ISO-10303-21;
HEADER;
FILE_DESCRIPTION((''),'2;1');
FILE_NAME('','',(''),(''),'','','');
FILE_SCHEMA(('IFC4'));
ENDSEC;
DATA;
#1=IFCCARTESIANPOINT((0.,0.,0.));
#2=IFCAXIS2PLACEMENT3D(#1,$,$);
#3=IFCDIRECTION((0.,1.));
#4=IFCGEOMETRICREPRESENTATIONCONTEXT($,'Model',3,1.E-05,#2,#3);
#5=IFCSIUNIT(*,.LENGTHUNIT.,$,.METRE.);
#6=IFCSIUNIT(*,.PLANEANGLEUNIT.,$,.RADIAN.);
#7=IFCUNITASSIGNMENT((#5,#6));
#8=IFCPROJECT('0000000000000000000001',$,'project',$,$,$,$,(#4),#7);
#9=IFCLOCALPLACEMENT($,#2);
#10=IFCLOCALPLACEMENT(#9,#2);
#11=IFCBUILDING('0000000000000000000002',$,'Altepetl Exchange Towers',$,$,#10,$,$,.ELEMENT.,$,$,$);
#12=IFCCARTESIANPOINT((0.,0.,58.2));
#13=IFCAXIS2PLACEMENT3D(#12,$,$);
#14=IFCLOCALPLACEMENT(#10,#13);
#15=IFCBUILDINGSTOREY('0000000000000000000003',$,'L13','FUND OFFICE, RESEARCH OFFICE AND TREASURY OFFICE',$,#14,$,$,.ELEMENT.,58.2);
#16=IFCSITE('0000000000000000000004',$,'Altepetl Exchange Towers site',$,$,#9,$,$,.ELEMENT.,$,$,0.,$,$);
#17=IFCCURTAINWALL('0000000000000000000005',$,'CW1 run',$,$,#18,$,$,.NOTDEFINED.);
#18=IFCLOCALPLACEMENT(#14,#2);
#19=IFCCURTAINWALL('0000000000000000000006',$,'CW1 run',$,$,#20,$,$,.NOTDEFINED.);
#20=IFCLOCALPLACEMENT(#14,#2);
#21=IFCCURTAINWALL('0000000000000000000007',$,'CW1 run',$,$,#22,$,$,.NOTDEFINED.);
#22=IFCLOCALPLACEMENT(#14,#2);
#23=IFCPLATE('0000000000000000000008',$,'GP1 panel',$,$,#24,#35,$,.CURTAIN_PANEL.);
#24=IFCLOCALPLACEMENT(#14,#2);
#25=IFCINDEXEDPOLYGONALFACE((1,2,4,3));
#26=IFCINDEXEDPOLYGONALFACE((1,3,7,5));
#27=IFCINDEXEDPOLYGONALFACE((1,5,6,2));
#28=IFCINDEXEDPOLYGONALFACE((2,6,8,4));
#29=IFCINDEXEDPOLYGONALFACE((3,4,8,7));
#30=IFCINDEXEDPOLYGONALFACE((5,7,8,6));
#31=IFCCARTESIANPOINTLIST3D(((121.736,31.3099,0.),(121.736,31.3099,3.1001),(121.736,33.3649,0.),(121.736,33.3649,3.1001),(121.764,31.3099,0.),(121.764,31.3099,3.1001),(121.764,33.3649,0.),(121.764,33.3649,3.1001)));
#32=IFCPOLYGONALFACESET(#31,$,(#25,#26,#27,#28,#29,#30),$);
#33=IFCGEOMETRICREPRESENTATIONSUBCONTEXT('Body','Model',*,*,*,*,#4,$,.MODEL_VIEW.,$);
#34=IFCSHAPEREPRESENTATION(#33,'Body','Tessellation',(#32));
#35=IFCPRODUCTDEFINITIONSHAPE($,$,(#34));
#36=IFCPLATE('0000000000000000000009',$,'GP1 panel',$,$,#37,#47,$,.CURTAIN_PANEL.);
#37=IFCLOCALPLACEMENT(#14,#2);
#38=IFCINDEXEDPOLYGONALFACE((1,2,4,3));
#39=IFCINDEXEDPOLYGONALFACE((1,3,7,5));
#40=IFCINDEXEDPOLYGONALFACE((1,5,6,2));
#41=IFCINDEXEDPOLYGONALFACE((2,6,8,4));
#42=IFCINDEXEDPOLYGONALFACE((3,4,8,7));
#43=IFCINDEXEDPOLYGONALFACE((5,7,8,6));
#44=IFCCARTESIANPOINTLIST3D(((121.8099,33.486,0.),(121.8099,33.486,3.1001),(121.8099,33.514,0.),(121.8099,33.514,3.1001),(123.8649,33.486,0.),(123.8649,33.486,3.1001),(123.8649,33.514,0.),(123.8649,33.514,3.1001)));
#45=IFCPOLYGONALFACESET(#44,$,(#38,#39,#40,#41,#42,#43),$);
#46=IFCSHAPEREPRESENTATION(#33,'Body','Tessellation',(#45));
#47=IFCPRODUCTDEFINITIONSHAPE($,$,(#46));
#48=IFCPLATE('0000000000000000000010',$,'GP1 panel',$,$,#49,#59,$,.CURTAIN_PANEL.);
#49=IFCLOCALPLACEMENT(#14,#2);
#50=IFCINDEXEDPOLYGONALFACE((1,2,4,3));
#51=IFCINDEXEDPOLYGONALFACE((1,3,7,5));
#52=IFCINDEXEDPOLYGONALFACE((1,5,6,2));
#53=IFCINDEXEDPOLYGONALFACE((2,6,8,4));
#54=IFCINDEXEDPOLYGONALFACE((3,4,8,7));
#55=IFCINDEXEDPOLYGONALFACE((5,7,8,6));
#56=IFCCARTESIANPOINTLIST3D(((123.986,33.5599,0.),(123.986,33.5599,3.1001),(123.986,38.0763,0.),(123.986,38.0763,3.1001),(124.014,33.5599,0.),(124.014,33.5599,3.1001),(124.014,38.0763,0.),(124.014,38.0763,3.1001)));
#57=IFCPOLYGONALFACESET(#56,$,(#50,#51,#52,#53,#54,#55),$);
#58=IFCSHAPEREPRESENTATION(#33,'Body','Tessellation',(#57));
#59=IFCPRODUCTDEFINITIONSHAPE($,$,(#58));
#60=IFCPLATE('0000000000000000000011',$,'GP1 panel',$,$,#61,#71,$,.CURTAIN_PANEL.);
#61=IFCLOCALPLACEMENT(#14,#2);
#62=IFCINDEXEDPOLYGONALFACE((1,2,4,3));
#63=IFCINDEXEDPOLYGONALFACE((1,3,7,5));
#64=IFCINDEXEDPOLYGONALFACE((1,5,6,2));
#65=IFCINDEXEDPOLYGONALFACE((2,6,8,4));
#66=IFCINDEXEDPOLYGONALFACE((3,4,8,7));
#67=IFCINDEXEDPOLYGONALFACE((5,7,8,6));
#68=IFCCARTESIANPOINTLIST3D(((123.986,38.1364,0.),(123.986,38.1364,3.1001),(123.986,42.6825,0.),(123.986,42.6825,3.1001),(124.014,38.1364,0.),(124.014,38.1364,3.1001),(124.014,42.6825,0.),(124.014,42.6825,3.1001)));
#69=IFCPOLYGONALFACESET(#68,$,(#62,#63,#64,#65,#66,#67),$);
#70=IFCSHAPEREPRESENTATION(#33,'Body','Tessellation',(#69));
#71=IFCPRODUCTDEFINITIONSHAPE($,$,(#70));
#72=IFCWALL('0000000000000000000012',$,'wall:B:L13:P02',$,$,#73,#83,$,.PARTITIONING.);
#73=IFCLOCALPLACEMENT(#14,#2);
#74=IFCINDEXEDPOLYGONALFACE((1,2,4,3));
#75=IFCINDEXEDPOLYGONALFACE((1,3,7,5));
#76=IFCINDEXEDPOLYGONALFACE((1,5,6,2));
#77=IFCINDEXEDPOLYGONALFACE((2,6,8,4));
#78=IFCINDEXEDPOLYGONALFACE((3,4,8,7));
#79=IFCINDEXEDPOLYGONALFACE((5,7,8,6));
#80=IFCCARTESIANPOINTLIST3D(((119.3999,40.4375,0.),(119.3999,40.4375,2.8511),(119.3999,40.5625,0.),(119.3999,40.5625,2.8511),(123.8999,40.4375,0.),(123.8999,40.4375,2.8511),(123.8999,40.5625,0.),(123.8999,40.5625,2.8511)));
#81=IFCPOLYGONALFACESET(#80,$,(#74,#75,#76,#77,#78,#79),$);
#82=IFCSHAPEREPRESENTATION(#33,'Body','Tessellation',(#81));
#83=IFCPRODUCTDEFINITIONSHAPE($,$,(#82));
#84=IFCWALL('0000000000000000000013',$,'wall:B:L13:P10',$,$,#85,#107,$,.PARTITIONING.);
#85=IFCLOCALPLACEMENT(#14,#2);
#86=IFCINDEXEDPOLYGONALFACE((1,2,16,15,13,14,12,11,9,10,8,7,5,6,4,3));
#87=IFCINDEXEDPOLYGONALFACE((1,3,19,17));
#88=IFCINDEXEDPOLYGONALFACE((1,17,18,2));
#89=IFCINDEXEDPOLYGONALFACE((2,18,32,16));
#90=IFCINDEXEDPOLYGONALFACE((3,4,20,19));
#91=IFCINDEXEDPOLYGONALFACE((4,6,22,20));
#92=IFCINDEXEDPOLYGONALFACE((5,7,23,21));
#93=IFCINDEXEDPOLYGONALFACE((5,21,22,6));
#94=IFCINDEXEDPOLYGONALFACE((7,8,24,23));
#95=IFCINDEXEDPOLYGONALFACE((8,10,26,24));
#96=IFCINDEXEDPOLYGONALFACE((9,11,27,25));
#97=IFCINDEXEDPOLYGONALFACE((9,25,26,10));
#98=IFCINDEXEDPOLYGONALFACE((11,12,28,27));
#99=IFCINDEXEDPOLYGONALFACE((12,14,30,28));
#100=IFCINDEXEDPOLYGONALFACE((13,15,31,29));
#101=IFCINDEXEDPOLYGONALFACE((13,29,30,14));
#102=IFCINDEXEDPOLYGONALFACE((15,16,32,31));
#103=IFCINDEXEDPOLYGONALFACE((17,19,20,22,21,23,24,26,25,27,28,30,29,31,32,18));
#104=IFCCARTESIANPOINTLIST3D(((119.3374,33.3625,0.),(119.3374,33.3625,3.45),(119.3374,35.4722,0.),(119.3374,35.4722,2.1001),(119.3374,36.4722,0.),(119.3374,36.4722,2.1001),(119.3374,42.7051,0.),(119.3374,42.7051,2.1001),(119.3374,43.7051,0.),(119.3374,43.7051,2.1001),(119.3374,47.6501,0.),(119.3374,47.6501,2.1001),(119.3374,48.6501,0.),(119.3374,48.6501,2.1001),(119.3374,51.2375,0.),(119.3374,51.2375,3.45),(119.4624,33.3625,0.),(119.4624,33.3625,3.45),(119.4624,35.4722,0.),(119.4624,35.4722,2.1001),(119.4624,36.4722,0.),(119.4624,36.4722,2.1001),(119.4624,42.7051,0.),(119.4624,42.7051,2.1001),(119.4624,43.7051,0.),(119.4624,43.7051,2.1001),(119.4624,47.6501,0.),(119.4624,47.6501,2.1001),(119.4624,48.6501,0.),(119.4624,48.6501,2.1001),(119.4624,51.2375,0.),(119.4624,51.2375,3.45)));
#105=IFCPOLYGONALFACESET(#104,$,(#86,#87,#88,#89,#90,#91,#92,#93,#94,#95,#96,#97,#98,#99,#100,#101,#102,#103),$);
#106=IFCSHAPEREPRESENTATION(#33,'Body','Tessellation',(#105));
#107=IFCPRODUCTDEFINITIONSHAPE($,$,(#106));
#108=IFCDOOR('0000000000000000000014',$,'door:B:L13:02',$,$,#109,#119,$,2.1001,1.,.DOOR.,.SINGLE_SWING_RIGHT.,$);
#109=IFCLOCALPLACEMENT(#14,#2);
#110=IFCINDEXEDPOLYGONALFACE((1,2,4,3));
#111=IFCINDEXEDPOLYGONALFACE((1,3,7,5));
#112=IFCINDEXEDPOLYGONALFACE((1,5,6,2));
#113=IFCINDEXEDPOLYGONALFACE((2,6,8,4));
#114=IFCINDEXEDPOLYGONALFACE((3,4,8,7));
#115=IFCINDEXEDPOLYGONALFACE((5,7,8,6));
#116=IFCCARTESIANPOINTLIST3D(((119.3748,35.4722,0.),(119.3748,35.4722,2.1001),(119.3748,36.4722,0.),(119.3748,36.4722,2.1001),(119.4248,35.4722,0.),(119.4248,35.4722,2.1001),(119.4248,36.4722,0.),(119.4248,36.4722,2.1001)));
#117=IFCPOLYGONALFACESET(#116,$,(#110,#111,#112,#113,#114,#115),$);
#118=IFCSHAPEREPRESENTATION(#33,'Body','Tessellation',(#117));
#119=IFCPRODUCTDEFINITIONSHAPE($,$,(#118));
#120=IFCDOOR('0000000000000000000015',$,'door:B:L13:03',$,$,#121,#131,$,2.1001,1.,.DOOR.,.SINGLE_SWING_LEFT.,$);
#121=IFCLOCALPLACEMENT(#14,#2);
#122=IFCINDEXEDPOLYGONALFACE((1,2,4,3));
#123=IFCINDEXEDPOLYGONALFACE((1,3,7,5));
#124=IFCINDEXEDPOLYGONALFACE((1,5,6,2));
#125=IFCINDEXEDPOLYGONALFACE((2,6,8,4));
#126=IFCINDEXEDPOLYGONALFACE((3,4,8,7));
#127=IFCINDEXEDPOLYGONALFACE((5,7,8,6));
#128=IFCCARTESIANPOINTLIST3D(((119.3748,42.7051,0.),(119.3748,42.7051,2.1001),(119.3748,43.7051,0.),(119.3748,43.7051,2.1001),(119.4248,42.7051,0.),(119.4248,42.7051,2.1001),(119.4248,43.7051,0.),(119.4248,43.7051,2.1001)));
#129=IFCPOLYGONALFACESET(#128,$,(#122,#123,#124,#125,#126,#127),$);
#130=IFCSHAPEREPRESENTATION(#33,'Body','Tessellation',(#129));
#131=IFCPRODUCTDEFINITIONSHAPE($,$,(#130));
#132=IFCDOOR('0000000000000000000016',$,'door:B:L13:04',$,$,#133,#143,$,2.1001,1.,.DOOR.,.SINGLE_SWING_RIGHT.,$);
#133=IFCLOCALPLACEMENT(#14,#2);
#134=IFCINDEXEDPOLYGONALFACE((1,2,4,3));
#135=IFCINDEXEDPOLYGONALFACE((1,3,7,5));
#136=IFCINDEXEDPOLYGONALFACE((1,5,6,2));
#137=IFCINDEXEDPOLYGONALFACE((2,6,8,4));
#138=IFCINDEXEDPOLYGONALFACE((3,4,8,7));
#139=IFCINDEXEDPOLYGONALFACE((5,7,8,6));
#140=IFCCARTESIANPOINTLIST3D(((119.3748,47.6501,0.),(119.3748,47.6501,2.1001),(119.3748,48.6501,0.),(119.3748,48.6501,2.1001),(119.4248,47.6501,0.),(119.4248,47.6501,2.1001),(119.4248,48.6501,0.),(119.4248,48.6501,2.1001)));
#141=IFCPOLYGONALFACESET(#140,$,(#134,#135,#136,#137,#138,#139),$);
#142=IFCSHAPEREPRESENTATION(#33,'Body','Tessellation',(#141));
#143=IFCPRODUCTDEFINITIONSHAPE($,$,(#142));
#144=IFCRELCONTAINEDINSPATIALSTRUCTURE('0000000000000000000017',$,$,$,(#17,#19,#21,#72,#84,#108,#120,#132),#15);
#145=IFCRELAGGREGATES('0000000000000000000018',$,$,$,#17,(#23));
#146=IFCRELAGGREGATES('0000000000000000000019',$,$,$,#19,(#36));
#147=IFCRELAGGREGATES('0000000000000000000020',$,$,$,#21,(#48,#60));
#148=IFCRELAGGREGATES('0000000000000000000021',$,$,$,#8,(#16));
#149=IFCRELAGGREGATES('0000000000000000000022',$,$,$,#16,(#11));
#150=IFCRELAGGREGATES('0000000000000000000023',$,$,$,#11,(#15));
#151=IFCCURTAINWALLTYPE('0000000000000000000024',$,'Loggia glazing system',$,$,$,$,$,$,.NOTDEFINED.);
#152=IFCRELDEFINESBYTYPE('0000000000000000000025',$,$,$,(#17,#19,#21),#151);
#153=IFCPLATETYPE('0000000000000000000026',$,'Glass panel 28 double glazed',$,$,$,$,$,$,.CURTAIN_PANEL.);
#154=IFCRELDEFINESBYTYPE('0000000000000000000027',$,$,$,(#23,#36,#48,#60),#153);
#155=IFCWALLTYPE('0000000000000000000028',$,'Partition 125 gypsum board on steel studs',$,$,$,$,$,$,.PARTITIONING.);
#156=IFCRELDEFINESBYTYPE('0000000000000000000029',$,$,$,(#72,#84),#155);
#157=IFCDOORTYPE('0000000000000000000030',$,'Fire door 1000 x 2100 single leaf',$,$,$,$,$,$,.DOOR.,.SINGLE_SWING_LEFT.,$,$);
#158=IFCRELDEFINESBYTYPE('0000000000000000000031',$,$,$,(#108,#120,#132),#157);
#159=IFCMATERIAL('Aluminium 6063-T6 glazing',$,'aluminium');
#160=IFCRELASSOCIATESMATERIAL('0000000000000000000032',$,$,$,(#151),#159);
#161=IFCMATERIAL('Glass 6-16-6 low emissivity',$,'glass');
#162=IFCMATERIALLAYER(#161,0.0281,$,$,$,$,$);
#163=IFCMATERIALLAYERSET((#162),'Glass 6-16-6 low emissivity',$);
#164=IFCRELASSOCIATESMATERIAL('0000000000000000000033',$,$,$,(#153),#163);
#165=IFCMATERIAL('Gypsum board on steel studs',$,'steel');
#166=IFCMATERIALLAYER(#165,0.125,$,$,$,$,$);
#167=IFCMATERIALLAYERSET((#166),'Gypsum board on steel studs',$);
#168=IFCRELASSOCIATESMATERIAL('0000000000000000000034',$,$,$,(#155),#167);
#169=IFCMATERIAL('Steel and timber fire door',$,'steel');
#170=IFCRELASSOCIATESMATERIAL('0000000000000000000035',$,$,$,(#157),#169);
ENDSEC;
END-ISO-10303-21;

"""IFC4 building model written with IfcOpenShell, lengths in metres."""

from ifc_helpers import new_model, si_unit, direction, frame, frame_2d, origin, origin_2d, place, context, subcontext, project, spatial, rectangle, extrude, material, layer, layer_set, type_object, element, fill, aggregate, save


model = new_model("IFC4")

# Units and contexts
model_context = context("Model", 3, precision=1e-05, world=origin(), true_north=direction((0.0, 1.0)))
body_context = subcontext(model_context, "Body", "Model", "MODEL_VIEW")
ifc_project = project(units=[si_unit("LENGTHUNIT", "METRE"), si_unit("PLANEANGLEUNIT", "RADIAN")], contexts=[model_context])

# Site, building, storey
site_placement = place(None, origin())
site = spatial("IfcSite", under=ifc_project, at=site_placement, Name="Altepetl Exchange Towers site", CompositionType="ELEMENT", RefElevation=0.0)
building_placement = place(site_placement, origin())
building = spatial("IfcBuilding", under=site, at=building_placement, Name="Altepetl Exchange Towers", CompositionType="ELEMENT")
storey_placement = place(building_placement, frame((0.0, 0.0, 58.2)))
storey = spatial("IfcBuildingStorey", under=building, at=storey_placement, Name="L13", Description="FUND OFFICE, RESEARCH OFFICE AND TREASURY OFFICE", CompositionType="ELEMENT", Elevation=58.2)

# Curtain wall
ifc_material_1 = material(Name="Aluminium 6063-T6 glazing", Category="aluminium")
curtain_wall_type = type_object("IfcCurtainWallType", Name="Loggia glazing system", PredefinedType="NOTDEFINED", material=ifc_material_1)
curtain_wall_1_placement = place(storey_placement, origin())
curtain_wall_1 = element("IfcCurtainWall", 1, at=curtain_wall_1_placement, inside=storey, type_object=curtain_wall_type, Name="CW1 run", PredefinedType="NOTDEFINED")

# Curtain walls
curtain_wall_2_placement = place(storey_placement, origin())
curtain_wall_2 = element("IfcCurtainWall", 2, at=curtain_wall_2_placement, inside=storey, type_object=curtain_wall_type, Name="CW1 run", PredefinedType="NOTDEFINED")
curtain_wall_3_placement = place(storey_placement, origin())
curtain_wall_3 = element("IfcCurtainWall", 3, at=curtain_wall_3_placement, inside=storey, type_object=curtain_wall_type, Name="CW1 run", PredefinedType="NOTDEFINED")

# Plates
ifc_material_2 = material(Name="Glass 6-16-6 low emissivity", Category="glass")
ifc_layer_1 = layer(ifc_material_2, 0.0281)
ifc_layer_set_1 = layer_set([ifc_layer_1], Name="Glass 6-16-6 low emissivity")
plate_type = type_object("IfcPlateType", Name="Glass panel 28 double glazed", PredefinedType="CURTAIN_PANEL", material=ifc_layer_set_1)
plate_1_placement = place(storey_placement, frame((121.75, 32.3374, 0.0), z_axis=(0.0, 0.0, 1.0), x_axis=(0.0, 1.0, 0.0)))
plate_1 = element("IfcPlate", 4, at=plate_1_placement, type_object=plate_type, Name="GP1 panel", PredefinedType="CURTAIN_PANEL", context=body_context, shape_type="SweptSolid", body=[
    extrude(rectangle(XDim=2.0549, YDim=0.0281, at=origin_2d()), origin(), (0.0, 0.0, 1.0), 3.1001),
])
aggregate(curtain_wall_1, [plate_1])
plate_2_placement = place(storey_placement, frame((122.8374, 33.5, 0.0)))
plate_2 = element("IfcPlate", 5, at=plate_2_placement, type_object=plate_type, Name="GP1 panel", PredefinedType="CURTAIN_PANEL", context=body_context, shape_type="SweptSolid", body=[
    extrude(rectangle(XDim=2.0549, YDim=0.0281, at=origin_2d()), origin(), (0.0, 0.0, 1.0), 3.1001),
])
aggregate(curtain_wall_2, [plate_2])
plate_3_placement = place(storey_placement, frame((124.0, 35.8181, 0.0), z_axis=(0.0, 0.0, 1.0), x_axis=(0.0, 1.0, 0.0)))
plate_3 = element("IfcPlate", 6, at=plate_3_placement, type_object=plate_type, Name="GP1 panel", PredefinedType="CURTAIN_PANEL", context=body_context, shape_type="SweptSolid", body=[
    extrude(rectangle(XDim=4.5164, YDim=0.0281, at=origin_2d()), origin(), (0.0, 0.0, 1.0), 3.1001),
])
plate_4_placement = place(storey_placement, frame((124.0, 40.4094, 0.0), z_axis=(0.0, 0.0, 1.0), x_axis=(0.0, 1.0, 0.0)))
plate_4 = element("IfcPlate", 7, at=plate_4_placement, type_object=plate_type, Name="GP1 panel", PredefinedType="CURTAIN_PANEL", context=body_context, shape_type="SweptSolid", body=[
    extrude(rectangle(XDim=4.5461, YDim=0.0281, at=origin_2d()), origin(), (0.0, 0.0, 1.0), 3.1001),
])
aggregate(curtain_wall_3, [plate_3, plate_4])

# Wall
ifc_material_3 = material(Name="Gypsum board on steel studs", Category="steel")
ifc_layer_2 = layer(ifc_material_3, 0.125)
ifc_layer_set_2 = layer_set([ifc_layer_2], Name="Gypsum board on steel studs")
wall_type = type_object("IfcWallType", Name="Partition 125 gypsum board on steel studs", PredefinedType="PARTITIONING", material=ifc_layer_set_2)
wall_1_placement = place(storey_placement, frame((119.3999, 40.5, 0.0)))
element("IfcWall", 8, at=wall_1_placement, inside=storey, type_object=wall_type, Name="wall:B:L13:P02", PredefinedType="PARTITIONING", context=body_context, shape_type="SweptSolid", body=[
    extrude(rectangle(XDim=4.5, YDim=0.125, at=frame_2d((2.25, 0.0))), origin(), (0.0, 0.0, 1.0), 2.8511),
])

# Wall, openings, doors
wall_2_placement = place(storey_placement, frame((119.3999, 33.3625, 0.0), z_axis=(0.0, 0.0, 1.0), x_axis=(0.0, 1.0, 0.0)))
wall_2 = element("IfcWall", 9, at=wall_2_placement, inside=storey, type_object=wall_type, Name="wall:B:L13:P10", PredefinedType="PARTITIONING", context=body_context, shape_type="SweptSolid", body=[
    extrude(rectangle(XDim=17.875, YDim=0.125, at=frame_2d((8.9375, 0.0))), origin(), (0.0, 0.0, 1.0), 3.45),
])
opening_1_placement = place(wall_2_placement, frame((2.1096, 0.0, 0.0)))
opening_1 = element("IfcOpeningElement", 10, at=opening_1_placement, cuts=wall_2, PredefinedType="OPENING", context=body_context, shape_type="SweptSolid", body=[
    extrude(rectangle(XDim=1.0, YDim=2.1001, at=frame_2d((0.5, 1.05))), frame((0.0, 0.0725, 0.0), z_axis=(0.0, -1.0, 0.0), x_axis=(1.0, 0.0, 0.0)), (0.0, 0.0, 1.0), 0.145),
])
opening_2_placement = place(wall_2_placement, frame((9.3425, 0.0, 0.0)))
opening_2 = element("IfcOpeningElement", 11, at=opening_2_placement, cuts=wall_2, PredefinedType="OPENING", context=body_context, shape_type="SweptSolid", body=[
    extrude(rectangle(XDim=1.0, YDim=2.1001, at=frame_2d((0.5, 1.05))), frame((0.0, 0.0725, 0.0), z_axis=(0.0, -1.0, 0.0), x_axis=(1.0, 0.0, 0.0)), (0.0, 0.0, 1.0), 0.145),
])
opening_3_placement = place(wall_2_placement, frame((14.2876, 0.0, 0.0)))
opening_3 = element("IfcOpeningElement", 12, at=opening_3_placement, cuts=wall_2, PredefinedType="OPENING", context=body_context, shape_type="SweptSolid", body=[
    extrude(rectangle(XDim=1.0, YDim=2.1001, at=frame_2d((0.5, 1.05))), frame((0.0, 0.0725, 0.0), z_axis=(0.0, -1.0, 0.0), x_axis=(1.0, 0.0, 0.0)), (0.0, 0.0, 1.0), 0.145),
])
ifc_material_4 = material(Name="Steel and timber fire door", Category="steel")
door_type = type_object("IfcDoorType", Name="Fire door 1000 x 2100 single leaf", OperationType="SINGLE_SWING_LEFT", PredefinedType="DOOR", material=ifc_material_4)
door_1_placement = place(opening_1_placement, frame((1.0, 0.0, 0.0), x_axis=(-1.0, 0.0, 0.0)))
door_1 = element("IfcDoor", 13, at=door_1_placement, inside=storey, type_object=door_type, Name="door:B:L13:02", OperationType="SINGLE_SWING_RIGHT", OverallHeight=2.1001, OverallWidth=1.0, PredefinedType="DOOR", context=body_context, shape_type="SweptSolid", body=[
    extrude(rectangle(XDim=1.0, YDim=2.1001, at=frame_2d((0.5, 1.05))), frame((0.0, 0.0249, 0.0), z_axis=(0.0, -1.0, 0.0), x_axis=(1.0, 0.0, 0.0)), (0.0, 0.0, 1.0), 0.05),
])
fill(opening_1, door_1)
door_2_placement = place(opening_2_placement, frame((1.0, 0.0, 0.0), x_axis=(-1.0, 0.0, 0.0)))
door_2 = element("IfcDoor", 14, at=door_2_placement, inside=storey, type_object=door_type, Name="door:B:L13:03", OperationType="SINGLE_SWING_LEFT", OverallHeight=2.1001, OverallWidth=1.0, PredefinedType="DOOR", context=body_context, shape_type="SweptSolid", body=[
    extrude(rectangle(XDim=1.0, YDim=2.1001, at=frame_2d((0.5, 1.05))), frame((0.0, 0.0249, 0.0), z_axis=(0.0, -1.0, 0.0), x_axis=(1.0, 0.0, 0.0)), (0.0, 0.0, 1.0), 0.05),
])
fill(opening_2, door_2)
door_3_placement = place(opening_3_placement, frame((1.0, 0.0, 0.0), x_axis=(-1.0, 0.0, 0.0)))
door_3 = element("IfcDoor", 15, at=door_3_placement, inside=storey, type_object=door_type, Name="door:B:L13:04", OperationType="SINGLE_SWING_RIGHT", OverallHeight=2.1001, OverallWidth=1.0, PredefinedType="DOOR", context=body_context, shape_type="SweptSolid", body=[
    extrude(rectangle(XDim=1.0, YDim=2.1001, at=frame_2d((0.5, 1.05))), frame((0.0, 0.0249, 0.0), z_axis=(0.0, -1.0, 0.0), x_axis=(1.0, 0.0, 0.0)), (0.0, 0.0, 1.0), 0.05),
])
fill(opening_3, door_3)

save(model, "model.ifc")
